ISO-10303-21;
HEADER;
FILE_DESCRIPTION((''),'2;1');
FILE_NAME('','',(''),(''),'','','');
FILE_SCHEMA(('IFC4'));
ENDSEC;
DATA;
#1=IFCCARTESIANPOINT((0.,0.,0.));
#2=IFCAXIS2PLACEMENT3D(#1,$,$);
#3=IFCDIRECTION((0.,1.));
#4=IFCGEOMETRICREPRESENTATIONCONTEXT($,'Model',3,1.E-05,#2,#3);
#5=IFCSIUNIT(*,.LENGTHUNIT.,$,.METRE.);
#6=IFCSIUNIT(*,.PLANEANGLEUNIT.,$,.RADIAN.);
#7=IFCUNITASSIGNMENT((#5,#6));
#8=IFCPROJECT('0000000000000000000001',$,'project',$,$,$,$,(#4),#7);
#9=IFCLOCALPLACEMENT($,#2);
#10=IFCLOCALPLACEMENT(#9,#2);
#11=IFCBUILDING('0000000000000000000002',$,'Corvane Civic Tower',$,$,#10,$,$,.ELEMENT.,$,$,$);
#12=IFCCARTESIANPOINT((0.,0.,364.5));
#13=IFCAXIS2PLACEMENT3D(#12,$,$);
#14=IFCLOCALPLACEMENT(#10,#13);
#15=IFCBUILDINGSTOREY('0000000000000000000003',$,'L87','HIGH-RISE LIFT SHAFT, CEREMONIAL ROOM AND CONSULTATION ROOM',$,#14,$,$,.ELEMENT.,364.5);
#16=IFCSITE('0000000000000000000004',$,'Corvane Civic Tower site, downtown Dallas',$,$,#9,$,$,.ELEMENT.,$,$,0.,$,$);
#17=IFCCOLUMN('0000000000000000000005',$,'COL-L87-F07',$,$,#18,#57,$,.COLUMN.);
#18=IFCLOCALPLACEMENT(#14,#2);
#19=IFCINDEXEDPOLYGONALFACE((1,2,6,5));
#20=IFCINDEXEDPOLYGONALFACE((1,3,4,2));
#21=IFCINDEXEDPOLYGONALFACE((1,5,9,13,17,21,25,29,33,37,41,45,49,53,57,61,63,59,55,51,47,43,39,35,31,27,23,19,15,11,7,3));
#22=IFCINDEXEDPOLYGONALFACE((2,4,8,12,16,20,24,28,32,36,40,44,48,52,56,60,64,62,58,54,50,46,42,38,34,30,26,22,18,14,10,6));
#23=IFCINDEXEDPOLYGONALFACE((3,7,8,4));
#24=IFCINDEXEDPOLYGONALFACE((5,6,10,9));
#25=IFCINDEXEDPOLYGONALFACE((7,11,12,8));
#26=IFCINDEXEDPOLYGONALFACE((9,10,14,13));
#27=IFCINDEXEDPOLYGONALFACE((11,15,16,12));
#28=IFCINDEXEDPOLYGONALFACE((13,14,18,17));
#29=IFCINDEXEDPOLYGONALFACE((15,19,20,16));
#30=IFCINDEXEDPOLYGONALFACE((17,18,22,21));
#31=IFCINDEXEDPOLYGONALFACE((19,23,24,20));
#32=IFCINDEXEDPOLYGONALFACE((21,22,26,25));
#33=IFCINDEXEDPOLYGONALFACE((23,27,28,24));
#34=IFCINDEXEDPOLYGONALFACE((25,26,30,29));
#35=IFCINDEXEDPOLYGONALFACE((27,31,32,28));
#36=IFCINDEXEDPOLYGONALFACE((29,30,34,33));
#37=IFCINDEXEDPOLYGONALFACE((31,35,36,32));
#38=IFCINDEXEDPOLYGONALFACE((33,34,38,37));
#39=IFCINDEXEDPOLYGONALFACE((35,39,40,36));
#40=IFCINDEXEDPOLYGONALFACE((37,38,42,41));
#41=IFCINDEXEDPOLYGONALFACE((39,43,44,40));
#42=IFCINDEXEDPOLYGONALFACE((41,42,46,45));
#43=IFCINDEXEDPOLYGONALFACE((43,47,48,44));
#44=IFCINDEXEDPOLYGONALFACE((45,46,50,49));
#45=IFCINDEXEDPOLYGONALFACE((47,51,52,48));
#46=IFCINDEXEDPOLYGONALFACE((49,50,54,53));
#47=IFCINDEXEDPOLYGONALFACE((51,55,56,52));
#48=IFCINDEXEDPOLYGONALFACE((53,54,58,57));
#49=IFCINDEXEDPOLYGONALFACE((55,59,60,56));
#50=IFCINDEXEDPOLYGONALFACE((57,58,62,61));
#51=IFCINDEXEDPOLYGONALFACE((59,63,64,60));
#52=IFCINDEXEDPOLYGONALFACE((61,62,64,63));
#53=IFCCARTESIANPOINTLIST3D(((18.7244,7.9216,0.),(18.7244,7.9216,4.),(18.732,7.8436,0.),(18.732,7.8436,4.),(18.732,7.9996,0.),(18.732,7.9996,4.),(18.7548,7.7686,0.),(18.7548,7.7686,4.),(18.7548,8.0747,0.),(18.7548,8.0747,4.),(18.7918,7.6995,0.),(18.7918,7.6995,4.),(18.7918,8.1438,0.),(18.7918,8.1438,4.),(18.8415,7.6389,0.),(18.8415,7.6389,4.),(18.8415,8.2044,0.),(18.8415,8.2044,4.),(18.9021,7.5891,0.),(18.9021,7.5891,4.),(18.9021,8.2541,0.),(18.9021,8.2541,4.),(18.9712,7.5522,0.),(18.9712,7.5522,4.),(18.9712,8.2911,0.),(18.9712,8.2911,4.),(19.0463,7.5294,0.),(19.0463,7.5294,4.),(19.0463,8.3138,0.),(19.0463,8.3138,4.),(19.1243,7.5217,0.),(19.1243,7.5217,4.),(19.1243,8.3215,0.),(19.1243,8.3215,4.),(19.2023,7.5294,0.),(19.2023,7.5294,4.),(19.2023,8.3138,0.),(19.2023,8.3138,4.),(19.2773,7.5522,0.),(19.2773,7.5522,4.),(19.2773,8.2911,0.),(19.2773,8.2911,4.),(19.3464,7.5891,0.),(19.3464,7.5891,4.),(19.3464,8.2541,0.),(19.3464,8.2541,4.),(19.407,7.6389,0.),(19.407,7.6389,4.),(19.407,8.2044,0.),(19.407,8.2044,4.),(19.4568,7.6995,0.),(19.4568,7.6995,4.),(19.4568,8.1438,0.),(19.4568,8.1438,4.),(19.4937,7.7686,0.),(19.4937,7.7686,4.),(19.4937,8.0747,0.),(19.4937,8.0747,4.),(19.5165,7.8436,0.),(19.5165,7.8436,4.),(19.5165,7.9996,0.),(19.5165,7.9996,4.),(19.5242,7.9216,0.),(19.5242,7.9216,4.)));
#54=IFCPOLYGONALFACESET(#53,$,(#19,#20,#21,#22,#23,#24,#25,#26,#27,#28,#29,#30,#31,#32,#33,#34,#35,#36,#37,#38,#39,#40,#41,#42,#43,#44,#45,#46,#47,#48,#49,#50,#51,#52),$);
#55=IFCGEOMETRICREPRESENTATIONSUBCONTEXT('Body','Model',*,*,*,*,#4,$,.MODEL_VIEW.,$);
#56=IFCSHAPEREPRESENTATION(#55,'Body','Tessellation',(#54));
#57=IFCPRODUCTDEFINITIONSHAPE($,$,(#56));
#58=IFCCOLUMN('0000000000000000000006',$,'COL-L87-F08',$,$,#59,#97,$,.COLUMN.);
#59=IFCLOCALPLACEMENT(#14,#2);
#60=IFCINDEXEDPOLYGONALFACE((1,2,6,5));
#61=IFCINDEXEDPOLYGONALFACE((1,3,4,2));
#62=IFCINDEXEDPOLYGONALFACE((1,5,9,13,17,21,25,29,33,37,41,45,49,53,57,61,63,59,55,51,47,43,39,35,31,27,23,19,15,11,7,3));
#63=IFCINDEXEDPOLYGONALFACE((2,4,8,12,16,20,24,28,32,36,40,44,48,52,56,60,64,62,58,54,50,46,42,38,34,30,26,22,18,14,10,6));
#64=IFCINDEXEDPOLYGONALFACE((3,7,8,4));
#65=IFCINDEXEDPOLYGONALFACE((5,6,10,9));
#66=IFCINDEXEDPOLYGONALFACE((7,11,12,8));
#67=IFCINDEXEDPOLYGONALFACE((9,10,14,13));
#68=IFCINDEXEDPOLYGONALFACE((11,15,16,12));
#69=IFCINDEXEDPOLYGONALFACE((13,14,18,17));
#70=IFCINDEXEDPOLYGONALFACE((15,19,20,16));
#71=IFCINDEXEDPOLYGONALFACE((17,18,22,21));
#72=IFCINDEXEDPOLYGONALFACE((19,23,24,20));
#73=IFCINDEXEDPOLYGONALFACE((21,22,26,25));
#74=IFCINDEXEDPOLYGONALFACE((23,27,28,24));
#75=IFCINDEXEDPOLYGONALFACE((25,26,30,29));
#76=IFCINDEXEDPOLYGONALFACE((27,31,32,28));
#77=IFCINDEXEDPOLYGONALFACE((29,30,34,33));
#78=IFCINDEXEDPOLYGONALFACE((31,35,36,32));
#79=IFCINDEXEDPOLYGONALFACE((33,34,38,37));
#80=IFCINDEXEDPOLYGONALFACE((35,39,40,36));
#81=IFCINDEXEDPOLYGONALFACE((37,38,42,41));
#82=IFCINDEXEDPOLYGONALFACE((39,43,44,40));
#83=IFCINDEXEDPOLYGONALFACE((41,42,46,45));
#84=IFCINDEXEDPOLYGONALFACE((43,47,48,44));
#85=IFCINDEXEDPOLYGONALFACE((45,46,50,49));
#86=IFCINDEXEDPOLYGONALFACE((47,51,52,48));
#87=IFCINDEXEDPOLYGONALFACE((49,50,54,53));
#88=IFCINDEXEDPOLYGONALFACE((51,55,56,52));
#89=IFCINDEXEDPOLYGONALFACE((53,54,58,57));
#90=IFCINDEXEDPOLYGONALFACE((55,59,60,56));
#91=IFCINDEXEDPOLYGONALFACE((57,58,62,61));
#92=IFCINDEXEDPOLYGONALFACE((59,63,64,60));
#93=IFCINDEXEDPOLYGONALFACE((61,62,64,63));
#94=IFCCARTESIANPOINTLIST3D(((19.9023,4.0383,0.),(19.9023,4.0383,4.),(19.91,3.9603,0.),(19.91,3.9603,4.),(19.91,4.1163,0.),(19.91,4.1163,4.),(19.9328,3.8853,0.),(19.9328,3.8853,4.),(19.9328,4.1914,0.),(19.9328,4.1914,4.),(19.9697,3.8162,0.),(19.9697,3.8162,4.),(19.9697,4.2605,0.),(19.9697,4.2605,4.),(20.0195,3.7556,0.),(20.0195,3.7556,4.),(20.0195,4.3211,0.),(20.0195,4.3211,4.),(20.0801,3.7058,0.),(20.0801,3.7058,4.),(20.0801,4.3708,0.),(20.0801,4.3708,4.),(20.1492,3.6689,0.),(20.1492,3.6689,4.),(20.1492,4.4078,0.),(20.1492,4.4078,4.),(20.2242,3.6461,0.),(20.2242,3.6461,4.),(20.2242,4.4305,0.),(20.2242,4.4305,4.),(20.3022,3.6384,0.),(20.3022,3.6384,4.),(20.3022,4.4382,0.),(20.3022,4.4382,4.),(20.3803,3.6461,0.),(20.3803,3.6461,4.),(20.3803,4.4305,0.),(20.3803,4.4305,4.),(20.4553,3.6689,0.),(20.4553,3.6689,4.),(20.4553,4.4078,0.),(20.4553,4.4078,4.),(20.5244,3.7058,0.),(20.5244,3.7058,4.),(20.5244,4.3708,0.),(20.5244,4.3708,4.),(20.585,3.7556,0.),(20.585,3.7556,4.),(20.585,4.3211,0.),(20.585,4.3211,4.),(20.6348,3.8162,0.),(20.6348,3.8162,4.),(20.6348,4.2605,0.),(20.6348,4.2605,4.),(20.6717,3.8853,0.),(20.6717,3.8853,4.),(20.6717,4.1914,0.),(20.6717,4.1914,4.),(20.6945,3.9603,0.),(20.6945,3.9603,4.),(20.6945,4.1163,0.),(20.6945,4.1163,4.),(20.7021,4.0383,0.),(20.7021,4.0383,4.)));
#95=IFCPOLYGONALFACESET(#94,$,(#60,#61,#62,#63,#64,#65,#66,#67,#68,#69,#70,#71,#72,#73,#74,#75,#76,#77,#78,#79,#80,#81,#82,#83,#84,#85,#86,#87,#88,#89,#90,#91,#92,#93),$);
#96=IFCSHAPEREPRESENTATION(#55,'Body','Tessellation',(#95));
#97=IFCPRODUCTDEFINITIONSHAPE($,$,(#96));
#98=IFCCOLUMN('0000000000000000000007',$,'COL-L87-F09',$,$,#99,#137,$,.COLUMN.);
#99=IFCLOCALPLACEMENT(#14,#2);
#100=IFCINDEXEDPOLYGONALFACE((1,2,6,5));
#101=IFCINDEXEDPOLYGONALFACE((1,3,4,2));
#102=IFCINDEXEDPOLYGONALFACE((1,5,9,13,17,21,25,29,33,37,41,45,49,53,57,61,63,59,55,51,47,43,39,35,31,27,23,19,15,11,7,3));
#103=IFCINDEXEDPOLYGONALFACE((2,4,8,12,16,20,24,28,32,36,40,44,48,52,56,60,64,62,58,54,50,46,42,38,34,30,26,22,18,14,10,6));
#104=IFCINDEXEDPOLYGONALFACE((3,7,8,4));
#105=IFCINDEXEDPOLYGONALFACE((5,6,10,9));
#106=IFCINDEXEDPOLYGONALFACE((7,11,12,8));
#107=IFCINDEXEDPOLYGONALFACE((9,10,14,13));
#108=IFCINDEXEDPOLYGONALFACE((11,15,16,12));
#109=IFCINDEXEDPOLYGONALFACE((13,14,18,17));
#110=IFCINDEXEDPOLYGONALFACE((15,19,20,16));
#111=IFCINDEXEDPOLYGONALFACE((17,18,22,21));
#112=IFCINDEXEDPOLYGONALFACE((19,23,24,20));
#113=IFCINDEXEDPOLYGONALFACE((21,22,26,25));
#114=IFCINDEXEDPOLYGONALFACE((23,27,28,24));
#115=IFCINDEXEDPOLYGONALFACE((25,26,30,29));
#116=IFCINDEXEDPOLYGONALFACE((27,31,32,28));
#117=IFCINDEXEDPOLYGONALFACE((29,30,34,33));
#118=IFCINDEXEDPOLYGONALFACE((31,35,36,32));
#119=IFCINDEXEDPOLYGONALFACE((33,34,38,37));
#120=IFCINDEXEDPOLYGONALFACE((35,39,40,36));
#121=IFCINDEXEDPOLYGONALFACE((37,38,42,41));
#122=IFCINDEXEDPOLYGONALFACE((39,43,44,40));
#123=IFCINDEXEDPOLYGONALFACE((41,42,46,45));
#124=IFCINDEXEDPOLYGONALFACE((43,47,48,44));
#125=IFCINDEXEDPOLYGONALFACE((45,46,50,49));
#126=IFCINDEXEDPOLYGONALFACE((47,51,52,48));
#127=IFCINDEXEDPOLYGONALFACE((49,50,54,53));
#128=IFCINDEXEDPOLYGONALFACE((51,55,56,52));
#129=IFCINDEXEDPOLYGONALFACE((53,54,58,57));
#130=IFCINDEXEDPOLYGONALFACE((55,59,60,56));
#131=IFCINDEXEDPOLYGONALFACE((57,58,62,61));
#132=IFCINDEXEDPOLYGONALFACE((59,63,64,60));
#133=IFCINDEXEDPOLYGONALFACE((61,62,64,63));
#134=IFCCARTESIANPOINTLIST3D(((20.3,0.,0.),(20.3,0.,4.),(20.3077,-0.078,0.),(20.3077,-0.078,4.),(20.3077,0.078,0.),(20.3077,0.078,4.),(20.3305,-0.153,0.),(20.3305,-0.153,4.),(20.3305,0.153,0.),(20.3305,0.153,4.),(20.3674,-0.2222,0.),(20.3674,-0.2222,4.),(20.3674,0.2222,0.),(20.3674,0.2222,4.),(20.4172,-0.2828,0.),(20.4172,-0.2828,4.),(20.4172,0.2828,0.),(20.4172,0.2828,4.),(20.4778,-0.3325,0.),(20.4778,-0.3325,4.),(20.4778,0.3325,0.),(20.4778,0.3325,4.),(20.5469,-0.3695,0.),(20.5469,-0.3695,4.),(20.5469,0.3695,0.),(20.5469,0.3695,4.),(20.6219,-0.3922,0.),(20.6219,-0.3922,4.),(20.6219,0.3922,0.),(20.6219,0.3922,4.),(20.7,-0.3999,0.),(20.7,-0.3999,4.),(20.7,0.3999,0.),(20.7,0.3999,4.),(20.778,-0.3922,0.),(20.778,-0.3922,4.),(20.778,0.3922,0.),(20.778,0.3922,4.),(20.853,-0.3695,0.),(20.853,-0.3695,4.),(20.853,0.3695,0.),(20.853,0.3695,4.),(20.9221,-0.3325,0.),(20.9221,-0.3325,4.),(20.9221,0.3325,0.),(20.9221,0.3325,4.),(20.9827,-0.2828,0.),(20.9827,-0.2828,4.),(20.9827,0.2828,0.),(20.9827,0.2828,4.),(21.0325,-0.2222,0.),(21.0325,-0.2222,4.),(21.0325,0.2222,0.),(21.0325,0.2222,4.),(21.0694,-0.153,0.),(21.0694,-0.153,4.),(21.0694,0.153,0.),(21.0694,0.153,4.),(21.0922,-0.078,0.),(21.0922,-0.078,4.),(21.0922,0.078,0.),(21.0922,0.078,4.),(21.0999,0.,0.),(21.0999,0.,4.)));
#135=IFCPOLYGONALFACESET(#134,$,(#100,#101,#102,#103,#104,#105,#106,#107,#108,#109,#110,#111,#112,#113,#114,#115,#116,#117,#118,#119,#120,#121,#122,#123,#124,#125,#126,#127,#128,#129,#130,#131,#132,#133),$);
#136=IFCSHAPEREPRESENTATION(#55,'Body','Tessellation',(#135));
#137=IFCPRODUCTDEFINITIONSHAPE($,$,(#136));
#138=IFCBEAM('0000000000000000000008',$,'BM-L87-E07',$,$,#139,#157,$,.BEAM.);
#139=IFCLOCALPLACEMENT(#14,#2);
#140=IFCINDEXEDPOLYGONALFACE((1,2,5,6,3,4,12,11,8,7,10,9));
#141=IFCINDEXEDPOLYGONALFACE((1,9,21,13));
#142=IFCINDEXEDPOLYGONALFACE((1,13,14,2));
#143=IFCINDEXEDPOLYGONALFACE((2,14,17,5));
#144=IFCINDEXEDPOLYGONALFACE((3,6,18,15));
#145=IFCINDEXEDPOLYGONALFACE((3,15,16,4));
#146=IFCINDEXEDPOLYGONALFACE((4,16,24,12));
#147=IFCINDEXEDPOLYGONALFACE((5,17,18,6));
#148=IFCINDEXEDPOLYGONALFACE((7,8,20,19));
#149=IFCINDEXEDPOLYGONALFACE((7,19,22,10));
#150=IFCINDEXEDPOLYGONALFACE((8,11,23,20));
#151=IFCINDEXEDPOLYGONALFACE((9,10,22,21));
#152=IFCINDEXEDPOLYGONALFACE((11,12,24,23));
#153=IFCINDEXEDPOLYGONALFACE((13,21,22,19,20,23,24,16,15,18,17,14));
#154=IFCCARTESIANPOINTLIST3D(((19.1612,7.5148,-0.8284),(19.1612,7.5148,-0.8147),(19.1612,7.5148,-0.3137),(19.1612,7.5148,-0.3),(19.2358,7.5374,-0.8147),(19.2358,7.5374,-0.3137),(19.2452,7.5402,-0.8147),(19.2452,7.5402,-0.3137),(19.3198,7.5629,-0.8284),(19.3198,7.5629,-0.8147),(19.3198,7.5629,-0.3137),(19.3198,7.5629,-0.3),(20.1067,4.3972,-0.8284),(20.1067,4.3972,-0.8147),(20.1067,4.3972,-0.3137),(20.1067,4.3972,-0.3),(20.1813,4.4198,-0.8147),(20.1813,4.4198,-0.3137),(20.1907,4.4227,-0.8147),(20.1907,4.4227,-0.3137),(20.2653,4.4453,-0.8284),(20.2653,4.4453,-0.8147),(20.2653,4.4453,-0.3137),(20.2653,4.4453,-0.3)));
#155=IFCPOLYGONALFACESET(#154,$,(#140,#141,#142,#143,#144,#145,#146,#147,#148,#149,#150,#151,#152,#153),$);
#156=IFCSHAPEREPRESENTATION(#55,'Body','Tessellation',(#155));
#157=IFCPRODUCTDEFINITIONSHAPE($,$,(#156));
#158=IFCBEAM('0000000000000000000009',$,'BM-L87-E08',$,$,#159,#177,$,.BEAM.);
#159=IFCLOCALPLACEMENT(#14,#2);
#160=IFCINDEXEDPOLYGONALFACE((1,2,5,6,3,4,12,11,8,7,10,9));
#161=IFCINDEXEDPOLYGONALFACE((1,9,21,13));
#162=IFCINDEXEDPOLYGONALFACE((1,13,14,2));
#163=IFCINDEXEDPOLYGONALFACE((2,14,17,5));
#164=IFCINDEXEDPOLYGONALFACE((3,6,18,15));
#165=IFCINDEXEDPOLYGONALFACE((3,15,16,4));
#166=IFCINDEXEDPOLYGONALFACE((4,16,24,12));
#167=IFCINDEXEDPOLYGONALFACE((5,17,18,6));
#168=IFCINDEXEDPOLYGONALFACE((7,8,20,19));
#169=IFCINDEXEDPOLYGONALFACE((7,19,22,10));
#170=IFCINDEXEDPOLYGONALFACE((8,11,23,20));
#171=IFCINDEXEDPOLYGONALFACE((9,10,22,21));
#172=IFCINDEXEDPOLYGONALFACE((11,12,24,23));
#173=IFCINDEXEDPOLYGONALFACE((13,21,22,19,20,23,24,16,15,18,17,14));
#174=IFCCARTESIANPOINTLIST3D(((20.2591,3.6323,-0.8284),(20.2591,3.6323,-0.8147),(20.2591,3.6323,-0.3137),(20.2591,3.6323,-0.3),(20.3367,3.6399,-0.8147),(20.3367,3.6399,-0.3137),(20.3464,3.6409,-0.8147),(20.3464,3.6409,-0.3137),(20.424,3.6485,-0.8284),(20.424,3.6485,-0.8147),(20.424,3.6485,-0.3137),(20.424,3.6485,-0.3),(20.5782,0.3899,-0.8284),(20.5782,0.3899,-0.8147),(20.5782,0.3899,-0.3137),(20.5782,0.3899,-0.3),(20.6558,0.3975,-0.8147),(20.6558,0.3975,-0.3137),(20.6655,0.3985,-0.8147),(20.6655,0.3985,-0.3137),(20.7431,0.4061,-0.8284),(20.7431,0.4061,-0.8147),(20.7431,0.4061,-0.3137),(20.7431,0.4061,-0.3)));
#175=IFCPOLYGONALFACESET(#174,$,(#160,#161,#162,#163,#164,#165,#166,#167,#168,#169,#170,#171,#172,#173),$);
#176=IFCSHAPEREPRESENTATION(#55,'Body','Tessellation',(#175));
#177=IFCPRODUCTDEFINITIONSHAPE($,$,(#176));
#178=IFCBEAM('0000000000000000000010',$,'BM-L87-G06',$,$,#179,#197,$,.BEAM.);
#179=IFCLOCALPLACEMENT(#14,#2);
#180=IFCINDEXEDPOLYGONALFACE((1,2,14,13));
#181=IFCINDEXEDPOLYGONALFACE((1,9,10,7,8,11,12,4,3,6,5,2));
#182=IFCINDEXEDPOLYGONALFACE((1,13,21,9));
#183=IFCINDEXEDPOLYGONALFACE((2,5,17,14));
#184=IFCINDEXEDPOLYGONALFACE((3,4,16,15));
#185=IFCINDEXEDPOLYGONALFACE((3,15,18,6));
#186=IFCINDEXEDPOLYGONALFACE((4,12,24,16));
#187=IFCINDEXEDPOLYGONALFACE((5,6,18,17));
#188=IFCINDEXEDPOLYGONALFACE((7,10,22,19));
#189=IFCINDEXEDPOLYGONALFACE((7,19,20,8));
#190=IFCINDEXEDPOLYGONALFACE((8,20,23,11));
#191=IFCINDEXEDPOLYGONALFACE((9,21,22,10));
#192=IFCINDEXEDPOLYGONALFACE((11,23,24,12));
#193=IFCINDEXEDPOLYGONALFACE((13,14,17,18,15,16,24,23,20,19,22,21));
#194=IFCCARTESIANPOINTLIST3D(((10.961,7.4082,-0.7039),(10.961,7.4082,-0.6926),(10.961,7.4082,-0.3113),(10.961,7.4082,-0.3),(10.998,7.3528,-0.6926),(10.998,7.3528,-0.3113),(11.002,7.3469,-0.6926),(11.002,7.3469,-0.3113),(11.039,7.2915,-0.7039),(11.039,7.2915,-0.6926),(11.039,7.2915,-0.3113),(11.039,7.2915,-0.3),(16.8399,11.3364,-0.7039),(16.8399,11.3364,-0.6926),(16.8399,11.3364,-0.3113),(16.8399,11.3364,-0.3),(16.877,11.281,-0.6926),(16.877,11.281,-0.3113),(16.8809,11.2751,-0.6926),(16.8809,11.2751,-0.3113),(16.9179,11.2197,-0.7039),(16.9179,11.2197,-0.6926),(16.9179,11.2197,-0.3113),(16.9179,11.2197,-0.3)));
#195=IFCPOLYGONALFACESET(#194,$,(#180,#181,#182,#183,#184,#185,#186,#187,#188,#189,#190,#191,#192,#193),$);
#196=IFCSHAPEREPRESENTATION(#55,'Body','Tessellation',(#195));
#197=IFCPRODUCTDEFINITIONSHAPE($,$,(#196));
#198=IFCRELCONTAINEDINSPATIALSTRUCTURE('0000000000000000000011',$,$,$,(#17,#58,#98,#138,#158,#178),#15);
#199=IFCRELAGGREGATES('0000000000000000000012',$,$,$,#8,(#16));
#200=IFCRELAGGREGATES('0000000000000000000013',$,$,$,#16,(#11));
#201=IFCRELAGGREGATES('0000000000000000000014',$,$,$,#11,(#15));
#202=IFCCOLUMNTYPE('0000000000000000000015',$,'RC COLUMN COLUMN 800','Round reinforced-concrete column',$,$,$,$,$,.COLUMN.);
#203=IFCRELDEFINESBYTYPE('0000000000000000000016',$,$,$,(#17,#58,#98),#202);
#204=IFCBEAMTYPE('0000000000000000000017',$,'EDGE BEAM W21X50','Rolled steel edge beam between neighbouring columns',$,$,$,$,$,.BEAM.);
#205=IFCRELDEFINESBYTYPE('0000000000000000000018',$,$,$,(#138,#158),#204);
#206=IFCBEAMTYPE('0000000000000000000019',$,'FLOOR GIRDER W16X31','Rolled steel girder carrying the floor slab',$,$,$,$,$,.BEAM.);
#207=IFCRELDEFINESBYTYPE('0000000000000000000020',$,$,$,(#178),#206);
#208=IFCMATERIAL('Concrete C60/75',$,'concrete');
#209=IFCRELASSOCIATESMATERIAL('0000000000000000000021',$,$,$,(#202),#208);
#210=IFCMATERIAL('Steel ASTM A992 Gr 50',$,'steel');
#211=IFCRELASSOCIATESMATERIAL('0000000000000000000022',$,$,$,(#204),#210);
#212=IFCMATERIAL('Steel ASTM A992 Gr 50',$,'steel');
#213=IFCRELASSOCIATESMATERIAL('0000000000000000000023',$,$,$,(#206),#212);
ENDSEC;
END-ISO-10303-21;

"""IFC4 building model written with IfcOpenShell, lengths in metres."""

from ifc_helpers import new_model, si_unit, direction, frame, origin, origin_2d, place, context, subcontext, project, spatial, circle, i_section, extrude, material, material_profile, profile_set, type_object, element, save


model = new_model("IFC4")

# Units and contexts
model_context = context("Model", 3, precision=1e-05, world=origin(), true_north=direction((0.0, 1.0)))
body_context = subcontext(model_context, "Body", "Model", "MODEL_VIEW")
ifc_project = project(units=[si_unit("LENGTHUNIT", "METRE"), si_unit("PLANEANGLEUNIT", "RADIAN")], contexts=[model_context])

# Site, building, storey
site_placement = place(None, origin())
site = spatial("IfcSite", under=ifc_project, at=site_placement, Name="Corvane Civic Tower site, downtown Dallas", CompositionType="ELEMENT", RefElevation=0.0)
building_placement = place(site_placement, origin())
building = spatial("IfcBuilding", under=site, at=building_placement, Name="Corvane Civic Tower", CompositionType="ELEMENT")
storey_placement = place(building_placement, frame((0.0, 0.0, 364.5)))
storey = spatial("IfcBuildingStorey", under=building, at=storey_placement, Name="L87", Description="HIGH-RISE LIFT SHAFT, CEREMONIAL ROOM AND CONSULTATION ROOM", CompositionType="ELEMENT", Elevation=364.5)

# Columns
ifc_material_1 = material(Name="Concrete C60/75", Category="concrete")
ifc_material_profile_1 = material_profile(ifc_material_1, circle(Radius=0.3999, at=origin_2d()), Name="COLUMN 800")
ifc_profile_set_1 = profile_set([ifc_material_profile_1], Name="Concrete C60/75")
column_type = type_object("IfcColumnType", Name="RC COLUMN COLUMN 800", Description="Round reinforced-concrete column", PredefinedType="COLUMN", material=ifc_profile_set_1)
for number, where, z_axis, x_axis, name in (
    (1, (19.1243, 7.9216, 0.0), (0.0, 0.0, 1.0), (1.0, 0.0, 0.0), "COL-L87-F07"),
    (2, (20.3022, 4.0383, 0.0), (0.0, 0.0, 1.0), (1.0, 0.0, 0.0), "COL-L87-F08"),
    (3, (20.7, 0.0, 0.0), (0.0, 0.0, 1.0), (1.0, 0.0, 0.0), "COL-L87-F09"),
):
    element("IfcColumn", number, at=place(storey_placement, frame(where, z_axis=z_axis, x_axis=x_axis)), inside=storey, type_object=column_type, Name=name, PredefinedType="COLUMN", context=body_context, shape_type="SweptSolid", body=[
        extrude(circle(Radius=0.3999, at=origin_2d()), origin(), (0.0, 0.0, 1.0), 4.0),
    ])

# Beams
ifc_material_2 = material(Name="Steel ASTM A992 Gr 50", Category="steel")
ifc_material_profile_2 = material_profile(ifc_material_2, i_section(OverallWidth=0.1658, OverallDepth=0.5283, WebThickness=0.0098, FlangeThickness=0.0137, at=origin_2d()), Name="W21X50")
ifc_profile_set_2 = profile_set([ifc_material_profile_2], Name="Steel ASTM A992 Gr 50")
beam_type_1 = type_object("IfcBeamType", Name="EDGE BEAM W21X50", Description="Rolled steel edge beam between neighbouring columns", PredefinedType="BEAM", material=ifc_profile_set_2)
beam_1_placement = place(storey_placement, frame((19.2405, 7.5388, -0.5642), z_axis=(0.290234, -0.956956, 0.0), x_axis=(0.956956, 0.290234, 0.0)))
element("IfcBeam", 4, at=beam_1_placement, inside=storey, type_object=beam_type_1, Name="BM-L87-E07", PredefinedType="BEAM", context=body_context, shape_type="SweptSolid", body=[
    extrude(i_section(OverallWidth=0.1658, OverallDepth=0.5283, WebThickness=0.0098, FlangeThickness=0.0137, at=origin_2d()), origin(), (0.0, 0.0, 1.0), 3.2578),
])
beam_2_placement = place(storey_placement, frame((20.3416, 3.6404, -0.5642), z_axis=(0.097938, -0.995193, 0.0), x_axis=(0.995193, 0.097938, 0.0)))
element("IfcBeam", 5, at=beam_2_placement, inside=storey, type_object=beam_type_1, Name="BM-L87-E08", PredefinedType="BEAM", context=body_context, shape_type="SweptSolid", body=[
    extrude(i_section(OverallWidth=0.1658, OverallDepth=0.5283, WebThickness=0.0098, FlangeThickness=0.0137, at=origin_2d()), origin(), (0.0, 0.0, 1.0), 3.2581),
])
ifc_material_3 = material(Name="Steel ASTM A992 Gr 50", Category="steel")
ifc_material_profile_3 = material_profile(ifc_material_3, i_section(OverallWidth=0.1404, OverallDepth=0.4038, WebThickness=0.0071, FlangeThickness=0.0112, at=origin_2d()), Name="W16X31")
ifc_profile_set_3 = profile_set([ifc_material_profile_3], Name="Steel ASTM A992 Gr 50")
beam_type_2 = type_object("IfcBeamType", Name="FLOOR GIRDER W16X31", Description="Rolled steel girder carrying the floor slab", PredefinedType="BEAM", material=ifc_profile_set_3)
beam_3_placement = place(storey_placement, frame((11.0, 7.3499, -0.502), z_axis=(0.831465, 0.555576, 0.0), x_axis=(-0.555576, 0.831465, 0.0)))
element("IfcBeam", 6, at=beam_3_placement, inside=storey, type_object=beam_type_2, Name="BM-L87-G06", PredefinedType="BEAM", context=body_context, shape_type="SweptSolid", body=[
    extrude(i_section(OverallWidth=0.1404, OverallDepth=0.4038, WebThickness=0.0071, FlangeThickness=0.0112, at=origin_2d()), origin(), (0.0, 0.0, 1.0), 7.0706),
])

save(model, "model.ifc")
